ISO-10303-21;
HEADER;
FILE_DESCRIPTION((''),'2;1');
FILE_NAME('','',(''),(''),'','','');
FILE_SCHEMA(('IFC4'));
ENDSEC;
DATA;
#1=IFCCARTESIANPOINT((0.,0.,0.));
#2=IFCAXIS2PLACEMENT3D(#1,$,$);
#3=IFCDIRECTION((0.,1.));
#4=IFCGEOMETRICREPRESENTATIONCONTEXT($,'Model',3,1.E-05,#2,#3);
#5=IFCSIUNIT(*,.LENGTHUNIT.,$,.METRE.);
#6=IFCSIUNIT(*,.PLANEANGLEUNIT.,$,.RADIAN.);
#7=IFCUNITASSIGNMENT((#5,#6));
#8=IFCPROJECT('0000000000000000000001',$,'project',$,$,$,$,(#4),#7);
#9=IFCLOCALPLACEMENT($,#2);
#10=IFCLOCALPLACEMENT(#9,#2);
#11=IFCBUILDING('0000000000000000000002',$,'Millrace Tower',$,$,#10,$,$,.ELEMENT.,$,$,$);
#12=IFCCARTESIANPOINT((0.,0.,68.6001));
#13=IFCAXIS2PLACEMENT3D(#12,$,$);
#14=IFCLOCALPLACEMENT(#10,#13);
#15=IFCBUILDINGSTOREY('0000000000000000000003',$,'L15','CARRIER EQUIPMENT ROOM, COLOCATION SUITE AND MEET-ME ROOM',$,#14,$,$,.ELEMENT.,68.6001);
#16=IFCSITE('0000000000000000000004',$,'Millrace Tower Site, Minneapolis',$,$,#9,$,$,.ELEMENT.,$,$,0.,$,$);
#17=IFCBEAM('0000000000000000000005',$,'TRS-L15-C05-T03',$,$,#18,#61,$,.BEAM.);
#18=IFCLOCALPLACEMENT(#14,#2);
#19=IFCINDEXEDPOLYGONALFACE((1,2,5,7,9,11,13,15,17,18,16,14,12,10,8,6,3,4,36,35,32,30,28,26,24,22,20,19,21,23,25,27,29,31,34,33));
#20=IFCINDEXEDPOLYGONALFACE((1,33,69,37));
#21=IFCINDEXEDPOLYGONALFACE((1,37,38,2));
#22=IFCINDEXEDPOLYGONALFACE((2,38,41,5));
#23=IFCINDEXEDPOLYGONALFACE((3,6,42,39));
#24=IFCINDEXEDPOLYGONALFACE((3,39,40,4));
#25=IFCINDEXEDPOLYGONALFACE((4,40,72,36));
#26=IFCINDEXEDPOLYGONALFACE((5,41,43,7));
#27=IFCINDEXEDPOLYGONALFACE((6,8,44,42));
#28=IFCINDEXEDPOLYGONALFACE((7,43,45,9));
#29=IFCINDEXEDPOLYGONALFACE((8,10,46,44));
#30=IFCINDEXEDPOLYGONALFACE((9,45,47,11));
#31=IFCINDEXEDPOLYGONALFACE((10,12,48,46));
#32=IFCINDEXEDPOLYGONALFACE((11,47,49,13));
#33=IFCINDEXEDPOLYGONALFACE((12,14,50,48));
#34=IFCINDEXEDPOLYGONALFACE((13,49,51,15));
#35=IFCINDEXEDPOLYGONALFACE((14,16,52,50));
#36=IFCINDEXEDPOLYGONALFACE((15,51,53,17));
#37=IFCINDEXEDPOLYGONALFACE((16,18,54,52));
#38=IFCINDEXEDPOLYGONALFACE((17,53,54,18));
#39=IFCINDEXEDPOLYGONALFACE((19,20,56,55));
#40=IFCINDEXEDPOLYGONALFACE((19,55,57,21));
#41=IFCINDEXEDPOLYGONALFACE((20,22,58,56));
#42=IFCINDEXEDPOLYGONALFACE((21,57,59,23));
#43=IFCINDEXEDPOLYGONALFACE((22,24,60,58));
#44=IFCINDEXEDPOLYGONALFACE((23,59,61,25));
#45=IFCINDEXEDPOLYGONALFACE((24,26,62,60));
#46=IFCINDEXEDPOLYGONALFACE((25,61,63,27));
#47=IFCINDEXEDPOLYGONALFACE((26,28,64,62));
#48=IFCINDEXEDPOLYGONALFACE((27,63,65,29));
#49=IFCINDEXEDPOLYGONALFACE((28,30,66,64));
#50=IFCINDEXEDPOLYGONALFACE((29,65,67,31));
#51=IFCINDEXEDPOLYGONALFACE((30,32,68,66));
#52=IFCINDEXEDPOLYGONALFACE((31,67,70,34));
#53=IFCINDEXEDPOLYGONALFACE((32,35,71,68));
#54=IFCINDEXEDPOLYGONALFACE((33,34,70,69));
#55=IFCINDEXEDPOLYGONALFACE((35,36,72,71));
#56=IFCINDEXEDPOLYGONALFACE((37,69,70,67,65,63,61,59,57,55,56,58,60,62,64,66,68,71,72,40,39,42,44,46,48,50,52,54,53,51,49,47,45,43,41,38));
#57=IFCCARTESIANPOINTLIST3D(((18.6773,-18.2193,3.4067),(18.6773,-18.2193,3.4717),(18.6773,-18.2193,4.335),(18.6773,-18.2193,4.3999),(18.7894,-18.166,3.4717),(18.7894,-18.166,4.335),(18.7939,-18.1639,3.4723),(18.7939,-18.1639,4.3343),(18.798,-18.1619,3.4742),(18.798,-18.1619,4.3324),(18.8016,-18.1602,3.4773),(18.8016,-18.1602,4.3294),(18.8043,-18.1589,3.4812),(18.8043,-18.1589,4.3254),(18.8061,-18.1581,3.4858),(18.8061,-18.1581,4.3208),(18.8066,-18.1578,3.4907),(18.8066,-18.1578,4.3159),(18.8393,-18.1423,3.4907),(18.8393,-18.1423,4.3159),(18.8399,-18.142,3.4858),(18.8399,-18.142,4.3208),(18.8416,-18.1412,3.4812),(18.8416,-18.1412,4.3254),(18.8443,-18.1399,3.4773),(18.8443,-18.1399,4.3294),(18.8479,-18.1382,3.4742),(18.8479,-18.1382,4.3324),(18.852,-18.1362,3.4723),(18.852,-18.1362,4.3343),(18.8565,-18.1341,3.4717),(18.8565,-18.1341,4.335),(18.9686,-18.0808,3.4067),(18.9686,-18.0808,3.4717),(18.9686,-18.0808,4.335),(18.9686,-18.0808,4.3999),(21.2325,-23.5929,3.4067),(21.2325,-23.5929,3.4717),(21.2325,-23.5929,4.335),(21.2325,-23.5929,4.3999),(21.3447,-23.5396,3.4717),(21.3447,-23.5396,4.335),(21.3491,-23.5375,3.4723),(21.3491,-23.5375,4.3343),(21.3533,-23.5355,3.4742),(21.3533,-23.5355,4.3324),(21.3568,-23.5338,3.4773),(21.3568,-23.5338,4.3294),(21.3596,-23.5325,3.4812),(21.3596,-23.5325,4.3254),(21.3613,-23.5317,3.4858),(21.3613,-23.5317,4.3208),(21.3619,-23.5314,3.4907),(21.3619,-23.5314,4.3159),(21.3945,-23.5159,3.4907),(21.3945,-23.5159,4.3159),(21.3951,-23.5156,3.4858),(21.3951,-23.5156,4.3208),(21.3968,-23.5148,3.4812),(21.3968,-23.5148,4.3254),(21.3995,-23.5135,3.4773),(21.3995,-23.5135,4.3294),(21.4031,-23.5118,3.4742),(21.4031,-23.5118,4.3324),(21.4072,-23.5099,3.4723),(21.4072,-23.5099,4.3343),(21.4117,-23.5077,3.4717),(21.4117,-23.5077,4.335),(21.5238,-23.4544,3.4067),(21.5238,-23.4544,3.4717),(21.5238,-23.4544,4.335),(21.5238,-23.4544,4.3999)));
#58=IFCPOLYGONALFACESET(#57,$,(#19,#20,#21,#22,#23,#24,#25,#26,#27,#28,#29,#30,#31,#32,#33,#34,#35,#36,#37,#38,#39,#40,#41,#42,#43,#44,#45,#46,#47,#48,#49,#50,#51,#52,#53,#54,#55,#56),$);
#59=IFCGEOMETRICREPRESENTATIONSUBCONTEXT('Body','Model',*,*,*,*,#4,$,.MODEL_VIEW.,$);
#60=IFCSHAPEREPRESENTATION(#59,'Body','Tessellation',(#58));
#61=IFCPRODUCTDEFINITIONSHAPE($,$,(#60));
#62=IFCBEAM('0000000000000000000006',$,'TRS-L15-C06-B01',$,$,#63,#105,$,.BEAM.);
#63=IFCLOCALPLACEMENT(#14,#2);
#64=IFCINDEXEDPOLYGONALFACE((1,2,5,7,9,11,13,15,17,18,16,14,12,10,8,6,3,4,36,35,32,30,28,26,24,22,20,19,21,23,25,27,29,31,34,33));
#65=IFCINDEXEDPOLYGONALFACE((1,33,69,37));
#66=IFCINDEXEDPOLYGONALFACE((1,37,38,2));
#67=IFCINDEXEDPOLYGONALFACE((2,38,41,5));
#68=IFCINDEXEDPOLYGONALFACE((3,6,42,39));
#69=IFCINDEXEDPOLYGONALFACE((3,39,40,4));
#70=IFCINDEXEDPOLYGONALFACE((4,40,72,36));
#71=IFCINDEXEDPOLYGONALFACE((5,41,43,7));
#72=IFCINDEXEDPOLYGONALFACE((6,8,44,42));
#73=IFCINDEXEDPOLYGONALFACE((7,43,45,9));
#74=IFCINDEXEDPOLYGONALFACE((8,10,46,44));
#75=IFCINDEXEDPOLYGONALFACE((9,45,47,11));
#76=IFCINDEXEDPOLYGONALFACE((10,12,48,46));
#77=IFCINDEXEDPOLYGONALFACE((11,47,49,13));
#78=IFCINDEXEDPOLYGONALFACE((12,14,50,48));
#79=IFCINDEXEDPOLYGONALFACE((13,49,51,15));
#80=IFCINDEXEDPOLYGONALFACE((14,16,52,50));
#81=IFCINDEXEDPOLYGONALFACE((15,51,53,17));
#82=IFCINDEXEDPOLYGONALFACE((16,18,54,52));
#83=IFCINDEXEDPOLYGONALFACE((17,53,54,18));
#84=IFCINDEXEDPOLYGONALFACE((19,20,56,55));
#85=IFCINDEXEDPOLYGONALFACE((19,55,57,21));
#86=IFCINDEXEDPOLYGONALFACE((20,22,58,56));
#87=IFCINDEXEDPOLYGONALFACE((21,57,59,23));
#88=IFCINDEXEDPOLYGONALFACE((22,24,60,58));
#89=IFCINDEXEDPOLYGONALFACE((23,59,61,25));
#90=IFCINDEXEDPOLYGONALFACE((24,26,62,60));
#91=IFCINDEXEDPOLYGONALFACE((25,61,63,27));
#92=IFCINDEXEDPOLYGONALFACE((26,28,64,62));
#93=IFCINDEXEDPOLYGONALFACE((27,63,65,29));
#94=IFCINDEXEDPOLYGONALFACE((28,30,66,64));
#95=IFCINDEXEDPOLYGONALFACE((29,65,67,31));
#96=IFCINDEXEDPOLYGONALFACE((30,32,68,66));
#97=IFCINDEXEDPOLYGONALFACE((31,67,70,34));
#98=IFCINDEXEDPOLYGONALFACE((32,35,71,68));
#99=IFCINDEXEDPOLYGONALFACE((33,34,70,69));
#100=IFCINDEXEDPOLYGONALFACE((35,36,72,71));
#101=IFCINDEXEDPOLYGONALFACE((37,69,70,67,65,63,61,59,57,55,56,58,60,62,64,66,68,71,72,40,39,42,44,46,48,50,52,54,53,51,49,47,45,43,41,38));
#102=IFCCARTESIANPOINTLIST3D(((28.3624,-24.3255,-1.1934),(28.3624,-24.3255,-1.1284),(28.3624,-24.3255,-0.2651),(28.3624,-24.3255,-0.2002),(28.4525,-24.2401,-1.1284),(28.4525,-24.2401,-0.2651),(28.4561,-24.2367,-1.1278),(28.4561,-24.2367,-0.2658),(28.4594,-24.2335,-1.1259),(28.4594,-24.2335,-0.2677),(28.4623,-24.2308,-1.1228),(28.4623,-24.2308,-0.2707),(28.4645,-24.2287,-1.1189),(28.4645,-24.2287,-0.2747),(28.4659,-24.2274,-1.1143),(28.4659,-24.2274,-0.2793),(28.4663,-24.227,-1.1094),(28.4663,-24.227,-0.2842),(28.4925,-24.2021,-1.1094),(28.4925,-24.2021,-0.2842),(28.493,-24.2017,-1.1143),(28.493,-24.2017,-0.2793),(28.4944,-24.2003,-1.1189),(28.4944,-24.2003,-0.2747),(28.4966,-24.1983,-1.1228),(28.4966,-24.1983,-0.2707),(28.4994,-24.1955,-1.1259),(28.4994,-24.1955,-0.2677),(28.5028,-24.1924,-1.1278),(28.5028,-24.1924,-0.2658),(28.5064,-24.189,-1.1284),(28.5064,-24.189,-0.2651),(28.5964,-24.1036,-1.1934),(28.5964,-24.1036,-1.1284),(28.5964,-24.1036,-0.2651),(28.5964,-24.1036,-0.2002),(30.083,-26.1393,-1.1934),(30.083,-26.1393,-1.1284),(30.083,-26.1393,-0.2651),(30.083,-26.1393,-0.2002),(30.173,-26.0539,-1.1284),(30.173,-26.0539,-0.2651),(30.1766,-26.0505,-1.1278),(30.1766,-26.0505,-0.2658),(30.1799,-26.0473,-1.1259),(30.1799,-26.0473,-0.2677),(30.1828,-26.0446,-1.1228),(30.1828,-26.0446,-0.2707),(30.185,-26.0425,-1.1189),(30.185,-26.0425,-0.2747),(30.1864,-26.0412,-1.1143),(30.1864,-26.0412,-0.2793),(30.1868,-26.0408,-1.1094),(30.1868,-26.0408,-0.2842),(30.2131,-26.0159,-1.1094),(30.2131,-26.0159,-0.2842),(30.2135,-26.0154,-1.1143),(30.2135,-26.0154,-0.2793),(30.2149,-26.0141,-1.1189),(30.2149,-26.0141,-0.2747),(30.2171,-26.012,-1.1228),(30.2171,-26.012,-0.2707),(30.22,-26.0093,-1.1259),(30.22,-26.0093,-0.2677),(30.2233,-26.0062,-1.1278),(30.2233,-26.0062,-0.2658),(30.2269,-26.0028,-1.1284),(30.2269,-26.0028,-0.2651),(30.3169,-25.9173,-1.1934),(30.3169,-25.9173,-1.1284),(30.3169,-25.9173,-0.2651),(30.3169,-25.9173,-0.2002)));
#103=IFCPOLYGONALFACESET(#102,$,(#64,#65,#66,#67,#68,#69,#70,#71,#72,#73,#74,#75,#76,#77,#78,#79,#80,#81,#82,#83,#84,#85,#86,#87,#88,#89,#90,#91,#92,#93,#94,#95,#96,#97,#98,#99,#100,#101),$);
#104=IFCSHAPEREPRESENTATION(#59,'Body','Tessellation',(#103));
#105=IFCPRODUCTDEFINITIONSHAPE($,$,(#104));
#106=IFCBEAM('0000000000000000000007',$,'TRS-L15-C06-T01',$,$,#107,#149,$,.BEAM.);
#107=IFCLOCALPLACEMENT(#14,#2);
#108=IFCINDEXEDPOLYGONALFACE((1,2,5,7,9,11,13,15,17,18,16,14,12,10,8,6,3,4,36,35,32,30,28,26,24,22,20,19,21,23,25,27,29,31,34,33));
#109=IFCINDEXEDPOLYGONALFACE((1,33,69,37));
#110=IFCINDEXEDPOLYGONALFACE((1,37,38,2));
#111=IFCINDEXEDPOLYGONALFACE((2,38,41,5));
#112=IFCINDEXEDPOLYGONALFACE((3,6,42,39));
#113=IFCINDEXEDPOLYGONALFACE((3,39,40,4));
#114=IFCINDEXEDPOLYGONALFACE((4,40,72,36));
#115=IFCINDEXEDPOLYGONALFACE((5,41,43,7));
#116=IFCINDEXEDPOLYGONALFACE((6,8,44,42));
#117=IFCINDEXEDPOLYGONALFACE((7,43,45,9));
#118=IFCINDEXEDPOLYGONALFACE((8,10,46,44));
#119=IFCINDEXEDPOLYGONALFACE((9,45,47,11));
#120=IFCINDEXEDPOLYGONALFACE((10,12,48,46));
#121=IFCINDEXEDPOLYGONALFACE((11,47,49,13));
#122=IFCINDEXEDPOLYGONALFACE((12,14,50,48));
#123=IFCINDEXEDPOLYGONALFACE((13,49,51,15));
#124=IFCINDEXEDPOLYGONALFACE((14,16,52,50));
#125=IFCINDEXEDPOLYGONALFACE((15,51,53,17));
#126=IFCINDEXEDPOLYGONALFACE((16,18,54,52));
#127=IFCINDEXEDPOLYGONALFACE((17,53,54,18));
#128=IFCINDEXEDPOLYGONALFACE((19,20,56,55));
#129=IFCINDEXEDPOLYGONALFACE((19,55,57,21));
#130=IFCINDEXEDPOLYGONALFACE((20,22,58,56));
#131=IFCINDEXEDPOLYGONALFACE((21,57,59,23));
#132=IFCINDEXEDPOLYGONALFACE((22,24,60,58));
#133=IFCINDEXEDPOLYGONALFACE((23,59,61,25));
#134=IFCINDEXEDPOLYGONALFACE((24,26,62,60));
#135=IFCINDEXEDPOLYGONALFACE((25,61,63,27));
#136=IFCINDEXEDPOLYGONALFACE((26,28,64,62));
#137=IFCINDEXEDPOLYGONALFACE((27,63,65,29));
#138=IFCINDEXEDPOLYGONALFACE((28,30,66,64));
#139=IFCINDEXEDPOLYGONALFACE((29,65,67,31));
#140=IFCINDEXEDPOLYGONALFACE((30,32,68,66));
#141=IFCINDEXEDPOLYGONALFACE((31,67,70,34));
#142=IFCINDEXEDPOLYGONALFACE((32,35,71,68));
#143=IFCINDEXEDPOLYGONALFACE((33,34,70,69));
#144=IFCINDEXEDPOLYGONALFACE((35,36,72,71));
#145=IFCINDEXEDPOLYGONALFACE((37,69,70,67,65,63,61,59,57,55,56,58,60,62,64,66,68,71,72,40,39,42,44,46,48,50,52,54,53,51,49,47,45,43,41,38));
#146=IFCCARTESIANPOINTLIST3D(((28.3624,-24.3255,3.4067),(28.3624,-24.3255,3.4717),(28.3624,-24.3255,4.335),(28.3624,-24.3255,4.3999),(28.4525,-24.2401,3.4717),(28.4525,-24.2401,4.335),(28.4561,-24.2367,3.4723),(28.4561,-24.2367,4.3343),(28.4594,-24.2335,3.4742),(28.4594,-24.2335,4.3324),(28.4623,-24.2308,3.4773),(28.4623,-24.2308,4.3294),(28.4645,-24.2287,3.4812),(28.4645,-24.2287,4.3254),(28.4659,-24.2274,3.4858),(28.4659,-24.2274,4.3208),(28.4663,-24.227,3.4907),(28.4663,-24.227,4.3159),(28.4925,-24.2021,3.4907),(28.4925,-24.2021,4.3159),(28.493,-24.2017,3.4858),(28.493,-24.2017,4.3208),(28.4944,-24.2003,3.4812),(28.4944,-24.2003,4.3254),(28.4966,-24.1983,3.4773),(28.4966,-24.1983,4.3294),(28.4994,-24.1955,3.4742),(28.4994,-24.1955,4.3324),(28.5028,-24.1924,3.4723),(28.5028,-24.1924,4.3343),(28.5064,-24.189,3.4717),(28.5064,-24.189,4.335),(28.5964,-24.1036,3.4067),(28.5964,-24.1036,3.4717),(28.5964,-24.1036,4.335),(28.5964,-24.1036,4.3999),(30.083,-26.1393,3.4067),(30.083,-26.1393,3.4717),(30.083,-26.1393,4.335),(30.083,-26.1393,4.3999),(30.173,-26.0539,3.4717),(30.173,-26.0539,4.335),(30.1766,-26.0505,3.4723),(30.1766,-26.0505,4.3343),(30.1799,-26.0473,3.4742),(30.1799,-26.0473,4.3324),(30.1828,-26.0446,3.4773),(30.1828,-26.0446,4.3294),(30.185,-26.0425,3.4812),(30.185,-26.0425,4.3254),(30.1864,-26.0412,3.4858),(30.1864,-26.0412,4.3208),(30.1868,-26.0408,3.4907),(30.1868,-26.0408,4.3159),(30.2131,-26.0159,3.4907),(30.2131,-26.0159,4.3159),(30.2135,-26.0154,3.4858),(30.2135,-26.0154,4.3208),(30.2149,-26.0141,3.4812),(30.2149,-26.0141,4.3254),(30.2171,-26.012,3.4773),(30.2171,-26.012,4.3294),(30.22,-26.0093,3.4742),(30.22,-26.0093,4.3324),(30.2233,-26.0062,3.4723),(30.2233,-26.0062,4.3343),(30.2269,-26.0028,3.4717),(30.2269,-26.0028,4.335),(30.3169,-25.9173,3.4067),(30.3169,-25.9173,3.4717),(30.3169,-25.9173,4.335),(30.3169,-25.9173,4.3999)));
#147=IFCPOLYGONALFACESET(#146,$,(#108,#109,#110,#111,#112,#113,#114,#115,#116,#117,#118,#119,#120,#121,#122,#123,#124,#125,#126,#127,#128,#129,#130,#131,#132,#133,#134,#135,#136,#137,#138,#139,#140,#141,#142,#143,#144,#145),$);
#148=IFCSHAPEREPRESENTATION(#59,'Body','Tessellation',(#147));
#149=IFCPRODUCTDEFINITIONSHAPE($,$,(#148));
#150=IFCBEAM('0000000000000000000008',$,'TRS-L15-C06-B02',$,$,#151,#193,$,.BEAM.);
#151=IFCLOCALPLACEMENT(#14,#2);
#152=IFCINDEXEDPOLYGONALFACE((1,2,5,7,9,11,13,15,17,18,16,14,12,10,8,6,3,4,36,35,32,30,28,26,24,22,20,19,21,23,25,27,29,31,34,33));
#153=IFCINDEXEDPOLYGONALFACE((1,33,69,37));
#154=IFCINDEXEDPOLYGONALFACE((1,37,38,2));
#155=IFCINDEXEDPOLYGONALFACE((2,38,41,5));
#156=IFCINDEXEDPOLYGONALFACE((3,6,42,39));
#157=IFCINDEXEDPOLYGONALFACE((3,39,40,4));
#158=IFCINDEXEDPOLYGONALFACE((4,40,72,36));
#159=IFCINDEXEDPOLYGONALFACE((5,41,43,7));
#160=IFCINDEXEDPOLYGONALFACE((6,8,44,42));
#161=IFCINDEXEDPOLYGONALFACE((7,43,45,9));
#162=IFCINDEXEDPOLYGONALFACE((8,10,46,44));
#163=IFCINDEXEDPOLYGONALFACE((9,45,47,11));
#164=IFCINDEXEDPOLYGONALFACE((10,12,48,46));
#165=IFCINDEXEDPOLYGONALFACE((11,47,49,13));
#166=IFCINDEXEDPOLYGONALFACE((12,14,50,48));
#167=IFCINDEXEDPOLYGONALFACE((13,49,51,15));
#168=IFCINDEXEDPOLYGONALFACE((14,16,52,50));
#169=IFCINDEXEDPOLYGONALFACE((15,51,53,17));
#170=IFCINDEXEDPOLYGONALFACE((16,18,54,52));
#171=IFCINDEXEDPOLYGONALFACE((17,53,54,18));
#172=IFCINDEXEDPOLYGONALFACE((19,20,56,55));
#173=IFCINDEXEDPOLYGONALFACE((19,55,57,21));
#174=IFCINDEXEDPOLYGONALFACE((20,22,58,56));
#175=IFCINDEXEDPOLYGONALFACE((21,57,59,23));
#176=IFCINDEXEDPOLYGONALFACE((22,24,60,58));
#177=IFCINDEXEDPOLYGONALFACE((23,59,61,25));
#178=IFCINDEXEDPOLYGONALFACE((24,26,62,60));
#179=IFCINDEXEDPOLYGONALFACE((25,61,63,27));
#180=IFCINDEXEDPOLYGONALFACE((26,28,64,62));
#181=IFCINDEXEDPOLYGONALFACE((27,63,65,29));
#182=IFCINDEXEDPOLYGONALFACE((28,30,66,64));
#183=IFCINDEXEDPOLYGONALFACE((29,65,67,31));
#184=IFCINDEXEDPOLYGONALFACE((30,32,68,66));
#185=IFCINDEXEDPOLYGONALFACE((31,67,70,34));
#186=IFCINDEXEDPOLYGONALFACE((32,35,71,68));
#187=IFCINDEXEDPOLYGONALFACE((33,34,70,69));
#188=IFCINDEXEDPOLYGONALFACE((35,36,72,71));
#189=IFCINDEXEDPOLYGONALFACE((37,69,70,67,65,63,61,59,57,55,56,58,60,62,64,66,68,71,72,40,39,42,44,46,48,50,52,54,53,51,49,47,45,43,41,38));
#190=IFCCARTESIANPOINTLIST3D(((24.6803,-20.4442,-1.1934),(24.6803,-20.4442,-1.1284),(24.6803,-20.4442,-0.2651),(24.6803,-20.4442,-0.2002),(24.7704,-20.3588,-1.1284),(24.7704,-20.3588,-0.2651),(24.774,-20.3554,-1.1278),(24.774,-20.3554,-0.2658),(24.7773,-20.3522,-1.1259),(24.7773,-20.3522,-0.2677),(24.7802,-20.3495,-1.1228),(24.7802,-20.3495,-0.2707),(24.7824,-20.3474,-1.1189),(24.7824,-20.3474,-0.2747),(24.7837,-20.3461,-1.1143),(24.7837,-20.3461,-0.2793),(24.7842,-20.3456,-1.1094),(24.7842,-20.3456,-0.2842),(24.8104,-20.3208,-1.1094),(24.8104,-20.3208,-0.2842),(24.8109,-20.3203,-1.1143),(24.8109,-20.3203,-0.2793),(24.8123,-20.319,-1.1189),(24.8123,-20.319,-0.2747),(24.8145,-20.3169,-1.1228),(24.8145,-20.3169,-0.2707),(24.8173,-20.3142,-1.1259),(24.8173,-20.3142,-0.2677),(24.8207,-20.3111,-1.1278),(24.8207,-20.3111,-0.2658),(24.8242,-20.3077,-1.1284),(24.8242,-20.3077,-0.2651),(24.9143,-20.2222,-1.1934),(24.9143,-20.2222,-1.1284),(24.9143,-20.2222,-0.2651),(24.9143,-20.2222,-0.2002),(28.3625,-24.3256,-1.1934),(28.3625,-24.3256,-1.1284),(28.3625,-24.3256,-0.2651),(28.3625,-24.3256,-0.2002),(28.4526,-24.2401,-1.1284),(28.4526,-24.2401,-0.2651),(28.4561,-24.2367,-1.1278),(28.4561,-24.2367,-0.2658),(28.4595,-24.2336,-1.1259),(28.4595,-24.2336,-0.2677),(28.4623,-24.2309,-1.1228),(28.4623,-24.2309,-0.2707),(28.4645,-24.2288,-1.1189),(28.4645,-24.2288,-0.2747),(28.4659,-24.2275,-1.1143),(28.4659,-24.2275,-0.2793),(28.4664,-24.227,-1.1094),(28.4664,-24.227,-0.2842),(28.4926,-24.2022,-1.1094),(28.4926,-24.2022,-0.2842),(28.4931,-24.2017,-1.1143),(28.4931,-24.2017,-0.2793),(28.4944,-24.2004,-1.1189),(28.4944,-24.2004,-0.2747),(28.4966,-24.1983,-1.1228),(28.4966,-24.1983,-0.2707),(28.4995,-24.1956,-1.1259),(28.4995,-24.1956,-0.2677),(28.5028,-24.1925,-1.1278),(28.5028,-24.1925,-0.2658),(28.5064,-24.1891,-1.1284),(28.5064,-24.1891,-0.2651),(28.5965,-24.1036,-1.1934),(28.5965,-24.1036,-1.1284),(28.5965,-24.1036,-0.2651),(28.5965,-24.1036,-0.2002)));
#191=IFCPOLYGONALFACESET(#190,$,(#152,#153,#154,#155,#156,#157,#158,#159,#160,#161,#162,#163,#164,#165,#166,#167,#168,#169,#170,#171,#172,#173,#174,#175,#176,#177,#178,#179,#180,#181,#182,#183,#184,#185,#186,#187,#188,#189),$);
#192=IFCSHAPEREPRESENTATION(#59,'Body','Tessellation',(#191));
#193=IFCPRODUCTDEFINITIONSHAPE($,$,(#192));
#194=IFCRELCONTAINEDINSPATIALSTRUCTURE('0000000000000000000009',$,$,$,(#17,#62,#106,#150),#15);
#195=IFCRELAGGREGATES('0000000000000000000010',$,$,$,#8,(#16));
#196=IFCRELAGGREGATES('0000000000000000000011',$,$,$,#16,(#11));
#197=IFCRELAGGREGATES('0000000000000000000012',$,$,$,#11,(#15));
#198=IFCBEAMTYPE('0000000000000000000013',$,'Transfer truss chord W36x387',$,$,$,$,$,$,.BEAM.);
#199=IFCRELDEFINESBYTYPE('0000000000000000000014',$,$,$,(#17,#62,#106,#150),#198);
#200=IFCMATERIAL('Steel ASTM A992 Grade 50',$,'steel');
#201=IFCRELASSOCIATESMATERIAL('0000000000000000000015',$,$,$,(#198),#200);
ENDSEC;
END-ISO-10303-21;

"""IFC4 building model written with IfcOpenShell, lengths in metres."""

from ifc_helpers import new_model, si_unit, direction, frame, origin, origin_2d, place, context, subcontext, project, spatial, i_section, extrude, material, material_profile, profile_set, type_object, element, save


model = new_model("IFC4")

# Units and contexts
model_context = context("Model", 3, precision=1e-05, world=origin(), true_north=direction((0.0, 1.0)))
body_context = subcontext(model_context, "Body", "Model", "MODEL_VIEW")
ifc_project = project(units=[si_unit("LENGTHUNIT", "METRE"), si_unit("PLANEANGLEUNIT", "RADIAN")], contexts=[model_context])

# Site, building, storey
site_placement = place(None, origin())
site = spatial("IfcSite", under=ifc_project, at=site_placement, Name="Millrace Tower Site, Minneapolis", CompositionType="ELEMENT", RefElevation=0.0)
building_placement = place(site_placement, origin())
building = spatial("IfcBuilding", under=site, at=building_placement, Name="Millrace Tower", CompositionType="ELEMENT")
storey_placement = place(building_placement, frame((0.0, 0.0, 68.6001)))
storey = spatial("IfcBuildingStorey", under=building, at=storey_placement, Name="L15", Description="CARRIER EQUIPMENT ROOM, COLOCATION SUITE AND MEET-ME ROOM", CompositionType="ELEMENT", Elevation=68.6001)

# Beams
ifc_material_1 = material(Name="Steel ASTM A992 Grade 50", Category="steel")
ifc_material_profile_1 = material_profile(ifc_material_1, i_section(OverallWidth=0.3225, OverallDepth=0.9932, WebThickness=0.0361, FlangeThickness=0.0649, FilletRadius=0.019, at=origin_2d()))
ifc_profile_set_1 = profile_set([ifc_material_profile_1], Name="Steel ASTM A992 Grade 50")
beam_type_1 = type_object("IfcBeamType", Name="Transfer truss chord W36x387", PredefinedType="BEAM", material=ifc_profile_set_1)
beam_1_placement = place(storey_placement, frame((21.3782, -23.5237, 3.9033), z_axis=(-0.429433, 0.903099, 0.0), x_axis=(-0.903099, -0.429433, 0.0)))
element("IfcBeam", 1, at=beam_1_placement, inside=storey, type_object=beam_type_1, Name="TRS-L15-C05-T03", PredefinedType="BEAM", context=body_context, shape_type="SweptSolid", body=[
    extrude(i_section(OverallWidth=0.3225, OverallDepth=0.9932, WebThickness=0.0361, FlangeThickness=0.0649, FilletRadius=0.019, at=origin_2d()), origin(), (0.0, 0.0, 1.0), 5.9502),
])
for number, where, z_axis, x_axis, name in (
    (2, (30.2, -26.0283, -0.6968), (-0.688208, 0.725514, 0.0), (-0.725514, -0.688208, 0.0), "TRS-L15-C06-B01"),
    (3, (30.2, -26.0283, 3.9033), (-0.688208, 0.725514, 0.0), (-0.725514, -0.688208, 0.0), "TRS-L15-C06-T01"),
):
    element("IfcBeam", number, at=place(storey_placement, frame(where, z_axis=z_axis, x_axis=x_axis)), inside=storey, type_object=beam_type_1, Name=name, PredefinedType="BEAM", context=body_context, shape_type="SweptSolid", body=[
        extrude(i_section(OverallWidth=0.3225, OverallDepth=0.9932, WebThickness=0.0361, FlangeThickness=0.0649, FilletRadius=0.019, at=origin_2d()), origin(), (0.0, 0.0, 1.0), 2.5),
    ])
for number, where, z_axis, x_axis, name in (
    (4, (28.4795, -24.2146, -0.6968), (-0.688243, 0.72548, 0.0), (-0.72548, -0.688243, 0.0), "TRS-L15-C06-B02"),
):
    element("IfcBeam", number, at=place(storey_placement, frame(where, z_axis=z_axis, x_axis=x_axis)), inside=storey, type_object=beam_type_1, Name=name, PredefinedType="BEAM", context=body_context, shape_type="SweptSolid", body=[
        extrude(i_section(OverallWidth=0.3225, OverallDepth=0.9932, WebThickness=0.0361, FlangeThickness=0.0649, FilletRadius=0.019, at=origin_2d()), origin(), (0.0, 0.0, 1.0), 5.3501),
    ])

save(model, "model.ifc")
